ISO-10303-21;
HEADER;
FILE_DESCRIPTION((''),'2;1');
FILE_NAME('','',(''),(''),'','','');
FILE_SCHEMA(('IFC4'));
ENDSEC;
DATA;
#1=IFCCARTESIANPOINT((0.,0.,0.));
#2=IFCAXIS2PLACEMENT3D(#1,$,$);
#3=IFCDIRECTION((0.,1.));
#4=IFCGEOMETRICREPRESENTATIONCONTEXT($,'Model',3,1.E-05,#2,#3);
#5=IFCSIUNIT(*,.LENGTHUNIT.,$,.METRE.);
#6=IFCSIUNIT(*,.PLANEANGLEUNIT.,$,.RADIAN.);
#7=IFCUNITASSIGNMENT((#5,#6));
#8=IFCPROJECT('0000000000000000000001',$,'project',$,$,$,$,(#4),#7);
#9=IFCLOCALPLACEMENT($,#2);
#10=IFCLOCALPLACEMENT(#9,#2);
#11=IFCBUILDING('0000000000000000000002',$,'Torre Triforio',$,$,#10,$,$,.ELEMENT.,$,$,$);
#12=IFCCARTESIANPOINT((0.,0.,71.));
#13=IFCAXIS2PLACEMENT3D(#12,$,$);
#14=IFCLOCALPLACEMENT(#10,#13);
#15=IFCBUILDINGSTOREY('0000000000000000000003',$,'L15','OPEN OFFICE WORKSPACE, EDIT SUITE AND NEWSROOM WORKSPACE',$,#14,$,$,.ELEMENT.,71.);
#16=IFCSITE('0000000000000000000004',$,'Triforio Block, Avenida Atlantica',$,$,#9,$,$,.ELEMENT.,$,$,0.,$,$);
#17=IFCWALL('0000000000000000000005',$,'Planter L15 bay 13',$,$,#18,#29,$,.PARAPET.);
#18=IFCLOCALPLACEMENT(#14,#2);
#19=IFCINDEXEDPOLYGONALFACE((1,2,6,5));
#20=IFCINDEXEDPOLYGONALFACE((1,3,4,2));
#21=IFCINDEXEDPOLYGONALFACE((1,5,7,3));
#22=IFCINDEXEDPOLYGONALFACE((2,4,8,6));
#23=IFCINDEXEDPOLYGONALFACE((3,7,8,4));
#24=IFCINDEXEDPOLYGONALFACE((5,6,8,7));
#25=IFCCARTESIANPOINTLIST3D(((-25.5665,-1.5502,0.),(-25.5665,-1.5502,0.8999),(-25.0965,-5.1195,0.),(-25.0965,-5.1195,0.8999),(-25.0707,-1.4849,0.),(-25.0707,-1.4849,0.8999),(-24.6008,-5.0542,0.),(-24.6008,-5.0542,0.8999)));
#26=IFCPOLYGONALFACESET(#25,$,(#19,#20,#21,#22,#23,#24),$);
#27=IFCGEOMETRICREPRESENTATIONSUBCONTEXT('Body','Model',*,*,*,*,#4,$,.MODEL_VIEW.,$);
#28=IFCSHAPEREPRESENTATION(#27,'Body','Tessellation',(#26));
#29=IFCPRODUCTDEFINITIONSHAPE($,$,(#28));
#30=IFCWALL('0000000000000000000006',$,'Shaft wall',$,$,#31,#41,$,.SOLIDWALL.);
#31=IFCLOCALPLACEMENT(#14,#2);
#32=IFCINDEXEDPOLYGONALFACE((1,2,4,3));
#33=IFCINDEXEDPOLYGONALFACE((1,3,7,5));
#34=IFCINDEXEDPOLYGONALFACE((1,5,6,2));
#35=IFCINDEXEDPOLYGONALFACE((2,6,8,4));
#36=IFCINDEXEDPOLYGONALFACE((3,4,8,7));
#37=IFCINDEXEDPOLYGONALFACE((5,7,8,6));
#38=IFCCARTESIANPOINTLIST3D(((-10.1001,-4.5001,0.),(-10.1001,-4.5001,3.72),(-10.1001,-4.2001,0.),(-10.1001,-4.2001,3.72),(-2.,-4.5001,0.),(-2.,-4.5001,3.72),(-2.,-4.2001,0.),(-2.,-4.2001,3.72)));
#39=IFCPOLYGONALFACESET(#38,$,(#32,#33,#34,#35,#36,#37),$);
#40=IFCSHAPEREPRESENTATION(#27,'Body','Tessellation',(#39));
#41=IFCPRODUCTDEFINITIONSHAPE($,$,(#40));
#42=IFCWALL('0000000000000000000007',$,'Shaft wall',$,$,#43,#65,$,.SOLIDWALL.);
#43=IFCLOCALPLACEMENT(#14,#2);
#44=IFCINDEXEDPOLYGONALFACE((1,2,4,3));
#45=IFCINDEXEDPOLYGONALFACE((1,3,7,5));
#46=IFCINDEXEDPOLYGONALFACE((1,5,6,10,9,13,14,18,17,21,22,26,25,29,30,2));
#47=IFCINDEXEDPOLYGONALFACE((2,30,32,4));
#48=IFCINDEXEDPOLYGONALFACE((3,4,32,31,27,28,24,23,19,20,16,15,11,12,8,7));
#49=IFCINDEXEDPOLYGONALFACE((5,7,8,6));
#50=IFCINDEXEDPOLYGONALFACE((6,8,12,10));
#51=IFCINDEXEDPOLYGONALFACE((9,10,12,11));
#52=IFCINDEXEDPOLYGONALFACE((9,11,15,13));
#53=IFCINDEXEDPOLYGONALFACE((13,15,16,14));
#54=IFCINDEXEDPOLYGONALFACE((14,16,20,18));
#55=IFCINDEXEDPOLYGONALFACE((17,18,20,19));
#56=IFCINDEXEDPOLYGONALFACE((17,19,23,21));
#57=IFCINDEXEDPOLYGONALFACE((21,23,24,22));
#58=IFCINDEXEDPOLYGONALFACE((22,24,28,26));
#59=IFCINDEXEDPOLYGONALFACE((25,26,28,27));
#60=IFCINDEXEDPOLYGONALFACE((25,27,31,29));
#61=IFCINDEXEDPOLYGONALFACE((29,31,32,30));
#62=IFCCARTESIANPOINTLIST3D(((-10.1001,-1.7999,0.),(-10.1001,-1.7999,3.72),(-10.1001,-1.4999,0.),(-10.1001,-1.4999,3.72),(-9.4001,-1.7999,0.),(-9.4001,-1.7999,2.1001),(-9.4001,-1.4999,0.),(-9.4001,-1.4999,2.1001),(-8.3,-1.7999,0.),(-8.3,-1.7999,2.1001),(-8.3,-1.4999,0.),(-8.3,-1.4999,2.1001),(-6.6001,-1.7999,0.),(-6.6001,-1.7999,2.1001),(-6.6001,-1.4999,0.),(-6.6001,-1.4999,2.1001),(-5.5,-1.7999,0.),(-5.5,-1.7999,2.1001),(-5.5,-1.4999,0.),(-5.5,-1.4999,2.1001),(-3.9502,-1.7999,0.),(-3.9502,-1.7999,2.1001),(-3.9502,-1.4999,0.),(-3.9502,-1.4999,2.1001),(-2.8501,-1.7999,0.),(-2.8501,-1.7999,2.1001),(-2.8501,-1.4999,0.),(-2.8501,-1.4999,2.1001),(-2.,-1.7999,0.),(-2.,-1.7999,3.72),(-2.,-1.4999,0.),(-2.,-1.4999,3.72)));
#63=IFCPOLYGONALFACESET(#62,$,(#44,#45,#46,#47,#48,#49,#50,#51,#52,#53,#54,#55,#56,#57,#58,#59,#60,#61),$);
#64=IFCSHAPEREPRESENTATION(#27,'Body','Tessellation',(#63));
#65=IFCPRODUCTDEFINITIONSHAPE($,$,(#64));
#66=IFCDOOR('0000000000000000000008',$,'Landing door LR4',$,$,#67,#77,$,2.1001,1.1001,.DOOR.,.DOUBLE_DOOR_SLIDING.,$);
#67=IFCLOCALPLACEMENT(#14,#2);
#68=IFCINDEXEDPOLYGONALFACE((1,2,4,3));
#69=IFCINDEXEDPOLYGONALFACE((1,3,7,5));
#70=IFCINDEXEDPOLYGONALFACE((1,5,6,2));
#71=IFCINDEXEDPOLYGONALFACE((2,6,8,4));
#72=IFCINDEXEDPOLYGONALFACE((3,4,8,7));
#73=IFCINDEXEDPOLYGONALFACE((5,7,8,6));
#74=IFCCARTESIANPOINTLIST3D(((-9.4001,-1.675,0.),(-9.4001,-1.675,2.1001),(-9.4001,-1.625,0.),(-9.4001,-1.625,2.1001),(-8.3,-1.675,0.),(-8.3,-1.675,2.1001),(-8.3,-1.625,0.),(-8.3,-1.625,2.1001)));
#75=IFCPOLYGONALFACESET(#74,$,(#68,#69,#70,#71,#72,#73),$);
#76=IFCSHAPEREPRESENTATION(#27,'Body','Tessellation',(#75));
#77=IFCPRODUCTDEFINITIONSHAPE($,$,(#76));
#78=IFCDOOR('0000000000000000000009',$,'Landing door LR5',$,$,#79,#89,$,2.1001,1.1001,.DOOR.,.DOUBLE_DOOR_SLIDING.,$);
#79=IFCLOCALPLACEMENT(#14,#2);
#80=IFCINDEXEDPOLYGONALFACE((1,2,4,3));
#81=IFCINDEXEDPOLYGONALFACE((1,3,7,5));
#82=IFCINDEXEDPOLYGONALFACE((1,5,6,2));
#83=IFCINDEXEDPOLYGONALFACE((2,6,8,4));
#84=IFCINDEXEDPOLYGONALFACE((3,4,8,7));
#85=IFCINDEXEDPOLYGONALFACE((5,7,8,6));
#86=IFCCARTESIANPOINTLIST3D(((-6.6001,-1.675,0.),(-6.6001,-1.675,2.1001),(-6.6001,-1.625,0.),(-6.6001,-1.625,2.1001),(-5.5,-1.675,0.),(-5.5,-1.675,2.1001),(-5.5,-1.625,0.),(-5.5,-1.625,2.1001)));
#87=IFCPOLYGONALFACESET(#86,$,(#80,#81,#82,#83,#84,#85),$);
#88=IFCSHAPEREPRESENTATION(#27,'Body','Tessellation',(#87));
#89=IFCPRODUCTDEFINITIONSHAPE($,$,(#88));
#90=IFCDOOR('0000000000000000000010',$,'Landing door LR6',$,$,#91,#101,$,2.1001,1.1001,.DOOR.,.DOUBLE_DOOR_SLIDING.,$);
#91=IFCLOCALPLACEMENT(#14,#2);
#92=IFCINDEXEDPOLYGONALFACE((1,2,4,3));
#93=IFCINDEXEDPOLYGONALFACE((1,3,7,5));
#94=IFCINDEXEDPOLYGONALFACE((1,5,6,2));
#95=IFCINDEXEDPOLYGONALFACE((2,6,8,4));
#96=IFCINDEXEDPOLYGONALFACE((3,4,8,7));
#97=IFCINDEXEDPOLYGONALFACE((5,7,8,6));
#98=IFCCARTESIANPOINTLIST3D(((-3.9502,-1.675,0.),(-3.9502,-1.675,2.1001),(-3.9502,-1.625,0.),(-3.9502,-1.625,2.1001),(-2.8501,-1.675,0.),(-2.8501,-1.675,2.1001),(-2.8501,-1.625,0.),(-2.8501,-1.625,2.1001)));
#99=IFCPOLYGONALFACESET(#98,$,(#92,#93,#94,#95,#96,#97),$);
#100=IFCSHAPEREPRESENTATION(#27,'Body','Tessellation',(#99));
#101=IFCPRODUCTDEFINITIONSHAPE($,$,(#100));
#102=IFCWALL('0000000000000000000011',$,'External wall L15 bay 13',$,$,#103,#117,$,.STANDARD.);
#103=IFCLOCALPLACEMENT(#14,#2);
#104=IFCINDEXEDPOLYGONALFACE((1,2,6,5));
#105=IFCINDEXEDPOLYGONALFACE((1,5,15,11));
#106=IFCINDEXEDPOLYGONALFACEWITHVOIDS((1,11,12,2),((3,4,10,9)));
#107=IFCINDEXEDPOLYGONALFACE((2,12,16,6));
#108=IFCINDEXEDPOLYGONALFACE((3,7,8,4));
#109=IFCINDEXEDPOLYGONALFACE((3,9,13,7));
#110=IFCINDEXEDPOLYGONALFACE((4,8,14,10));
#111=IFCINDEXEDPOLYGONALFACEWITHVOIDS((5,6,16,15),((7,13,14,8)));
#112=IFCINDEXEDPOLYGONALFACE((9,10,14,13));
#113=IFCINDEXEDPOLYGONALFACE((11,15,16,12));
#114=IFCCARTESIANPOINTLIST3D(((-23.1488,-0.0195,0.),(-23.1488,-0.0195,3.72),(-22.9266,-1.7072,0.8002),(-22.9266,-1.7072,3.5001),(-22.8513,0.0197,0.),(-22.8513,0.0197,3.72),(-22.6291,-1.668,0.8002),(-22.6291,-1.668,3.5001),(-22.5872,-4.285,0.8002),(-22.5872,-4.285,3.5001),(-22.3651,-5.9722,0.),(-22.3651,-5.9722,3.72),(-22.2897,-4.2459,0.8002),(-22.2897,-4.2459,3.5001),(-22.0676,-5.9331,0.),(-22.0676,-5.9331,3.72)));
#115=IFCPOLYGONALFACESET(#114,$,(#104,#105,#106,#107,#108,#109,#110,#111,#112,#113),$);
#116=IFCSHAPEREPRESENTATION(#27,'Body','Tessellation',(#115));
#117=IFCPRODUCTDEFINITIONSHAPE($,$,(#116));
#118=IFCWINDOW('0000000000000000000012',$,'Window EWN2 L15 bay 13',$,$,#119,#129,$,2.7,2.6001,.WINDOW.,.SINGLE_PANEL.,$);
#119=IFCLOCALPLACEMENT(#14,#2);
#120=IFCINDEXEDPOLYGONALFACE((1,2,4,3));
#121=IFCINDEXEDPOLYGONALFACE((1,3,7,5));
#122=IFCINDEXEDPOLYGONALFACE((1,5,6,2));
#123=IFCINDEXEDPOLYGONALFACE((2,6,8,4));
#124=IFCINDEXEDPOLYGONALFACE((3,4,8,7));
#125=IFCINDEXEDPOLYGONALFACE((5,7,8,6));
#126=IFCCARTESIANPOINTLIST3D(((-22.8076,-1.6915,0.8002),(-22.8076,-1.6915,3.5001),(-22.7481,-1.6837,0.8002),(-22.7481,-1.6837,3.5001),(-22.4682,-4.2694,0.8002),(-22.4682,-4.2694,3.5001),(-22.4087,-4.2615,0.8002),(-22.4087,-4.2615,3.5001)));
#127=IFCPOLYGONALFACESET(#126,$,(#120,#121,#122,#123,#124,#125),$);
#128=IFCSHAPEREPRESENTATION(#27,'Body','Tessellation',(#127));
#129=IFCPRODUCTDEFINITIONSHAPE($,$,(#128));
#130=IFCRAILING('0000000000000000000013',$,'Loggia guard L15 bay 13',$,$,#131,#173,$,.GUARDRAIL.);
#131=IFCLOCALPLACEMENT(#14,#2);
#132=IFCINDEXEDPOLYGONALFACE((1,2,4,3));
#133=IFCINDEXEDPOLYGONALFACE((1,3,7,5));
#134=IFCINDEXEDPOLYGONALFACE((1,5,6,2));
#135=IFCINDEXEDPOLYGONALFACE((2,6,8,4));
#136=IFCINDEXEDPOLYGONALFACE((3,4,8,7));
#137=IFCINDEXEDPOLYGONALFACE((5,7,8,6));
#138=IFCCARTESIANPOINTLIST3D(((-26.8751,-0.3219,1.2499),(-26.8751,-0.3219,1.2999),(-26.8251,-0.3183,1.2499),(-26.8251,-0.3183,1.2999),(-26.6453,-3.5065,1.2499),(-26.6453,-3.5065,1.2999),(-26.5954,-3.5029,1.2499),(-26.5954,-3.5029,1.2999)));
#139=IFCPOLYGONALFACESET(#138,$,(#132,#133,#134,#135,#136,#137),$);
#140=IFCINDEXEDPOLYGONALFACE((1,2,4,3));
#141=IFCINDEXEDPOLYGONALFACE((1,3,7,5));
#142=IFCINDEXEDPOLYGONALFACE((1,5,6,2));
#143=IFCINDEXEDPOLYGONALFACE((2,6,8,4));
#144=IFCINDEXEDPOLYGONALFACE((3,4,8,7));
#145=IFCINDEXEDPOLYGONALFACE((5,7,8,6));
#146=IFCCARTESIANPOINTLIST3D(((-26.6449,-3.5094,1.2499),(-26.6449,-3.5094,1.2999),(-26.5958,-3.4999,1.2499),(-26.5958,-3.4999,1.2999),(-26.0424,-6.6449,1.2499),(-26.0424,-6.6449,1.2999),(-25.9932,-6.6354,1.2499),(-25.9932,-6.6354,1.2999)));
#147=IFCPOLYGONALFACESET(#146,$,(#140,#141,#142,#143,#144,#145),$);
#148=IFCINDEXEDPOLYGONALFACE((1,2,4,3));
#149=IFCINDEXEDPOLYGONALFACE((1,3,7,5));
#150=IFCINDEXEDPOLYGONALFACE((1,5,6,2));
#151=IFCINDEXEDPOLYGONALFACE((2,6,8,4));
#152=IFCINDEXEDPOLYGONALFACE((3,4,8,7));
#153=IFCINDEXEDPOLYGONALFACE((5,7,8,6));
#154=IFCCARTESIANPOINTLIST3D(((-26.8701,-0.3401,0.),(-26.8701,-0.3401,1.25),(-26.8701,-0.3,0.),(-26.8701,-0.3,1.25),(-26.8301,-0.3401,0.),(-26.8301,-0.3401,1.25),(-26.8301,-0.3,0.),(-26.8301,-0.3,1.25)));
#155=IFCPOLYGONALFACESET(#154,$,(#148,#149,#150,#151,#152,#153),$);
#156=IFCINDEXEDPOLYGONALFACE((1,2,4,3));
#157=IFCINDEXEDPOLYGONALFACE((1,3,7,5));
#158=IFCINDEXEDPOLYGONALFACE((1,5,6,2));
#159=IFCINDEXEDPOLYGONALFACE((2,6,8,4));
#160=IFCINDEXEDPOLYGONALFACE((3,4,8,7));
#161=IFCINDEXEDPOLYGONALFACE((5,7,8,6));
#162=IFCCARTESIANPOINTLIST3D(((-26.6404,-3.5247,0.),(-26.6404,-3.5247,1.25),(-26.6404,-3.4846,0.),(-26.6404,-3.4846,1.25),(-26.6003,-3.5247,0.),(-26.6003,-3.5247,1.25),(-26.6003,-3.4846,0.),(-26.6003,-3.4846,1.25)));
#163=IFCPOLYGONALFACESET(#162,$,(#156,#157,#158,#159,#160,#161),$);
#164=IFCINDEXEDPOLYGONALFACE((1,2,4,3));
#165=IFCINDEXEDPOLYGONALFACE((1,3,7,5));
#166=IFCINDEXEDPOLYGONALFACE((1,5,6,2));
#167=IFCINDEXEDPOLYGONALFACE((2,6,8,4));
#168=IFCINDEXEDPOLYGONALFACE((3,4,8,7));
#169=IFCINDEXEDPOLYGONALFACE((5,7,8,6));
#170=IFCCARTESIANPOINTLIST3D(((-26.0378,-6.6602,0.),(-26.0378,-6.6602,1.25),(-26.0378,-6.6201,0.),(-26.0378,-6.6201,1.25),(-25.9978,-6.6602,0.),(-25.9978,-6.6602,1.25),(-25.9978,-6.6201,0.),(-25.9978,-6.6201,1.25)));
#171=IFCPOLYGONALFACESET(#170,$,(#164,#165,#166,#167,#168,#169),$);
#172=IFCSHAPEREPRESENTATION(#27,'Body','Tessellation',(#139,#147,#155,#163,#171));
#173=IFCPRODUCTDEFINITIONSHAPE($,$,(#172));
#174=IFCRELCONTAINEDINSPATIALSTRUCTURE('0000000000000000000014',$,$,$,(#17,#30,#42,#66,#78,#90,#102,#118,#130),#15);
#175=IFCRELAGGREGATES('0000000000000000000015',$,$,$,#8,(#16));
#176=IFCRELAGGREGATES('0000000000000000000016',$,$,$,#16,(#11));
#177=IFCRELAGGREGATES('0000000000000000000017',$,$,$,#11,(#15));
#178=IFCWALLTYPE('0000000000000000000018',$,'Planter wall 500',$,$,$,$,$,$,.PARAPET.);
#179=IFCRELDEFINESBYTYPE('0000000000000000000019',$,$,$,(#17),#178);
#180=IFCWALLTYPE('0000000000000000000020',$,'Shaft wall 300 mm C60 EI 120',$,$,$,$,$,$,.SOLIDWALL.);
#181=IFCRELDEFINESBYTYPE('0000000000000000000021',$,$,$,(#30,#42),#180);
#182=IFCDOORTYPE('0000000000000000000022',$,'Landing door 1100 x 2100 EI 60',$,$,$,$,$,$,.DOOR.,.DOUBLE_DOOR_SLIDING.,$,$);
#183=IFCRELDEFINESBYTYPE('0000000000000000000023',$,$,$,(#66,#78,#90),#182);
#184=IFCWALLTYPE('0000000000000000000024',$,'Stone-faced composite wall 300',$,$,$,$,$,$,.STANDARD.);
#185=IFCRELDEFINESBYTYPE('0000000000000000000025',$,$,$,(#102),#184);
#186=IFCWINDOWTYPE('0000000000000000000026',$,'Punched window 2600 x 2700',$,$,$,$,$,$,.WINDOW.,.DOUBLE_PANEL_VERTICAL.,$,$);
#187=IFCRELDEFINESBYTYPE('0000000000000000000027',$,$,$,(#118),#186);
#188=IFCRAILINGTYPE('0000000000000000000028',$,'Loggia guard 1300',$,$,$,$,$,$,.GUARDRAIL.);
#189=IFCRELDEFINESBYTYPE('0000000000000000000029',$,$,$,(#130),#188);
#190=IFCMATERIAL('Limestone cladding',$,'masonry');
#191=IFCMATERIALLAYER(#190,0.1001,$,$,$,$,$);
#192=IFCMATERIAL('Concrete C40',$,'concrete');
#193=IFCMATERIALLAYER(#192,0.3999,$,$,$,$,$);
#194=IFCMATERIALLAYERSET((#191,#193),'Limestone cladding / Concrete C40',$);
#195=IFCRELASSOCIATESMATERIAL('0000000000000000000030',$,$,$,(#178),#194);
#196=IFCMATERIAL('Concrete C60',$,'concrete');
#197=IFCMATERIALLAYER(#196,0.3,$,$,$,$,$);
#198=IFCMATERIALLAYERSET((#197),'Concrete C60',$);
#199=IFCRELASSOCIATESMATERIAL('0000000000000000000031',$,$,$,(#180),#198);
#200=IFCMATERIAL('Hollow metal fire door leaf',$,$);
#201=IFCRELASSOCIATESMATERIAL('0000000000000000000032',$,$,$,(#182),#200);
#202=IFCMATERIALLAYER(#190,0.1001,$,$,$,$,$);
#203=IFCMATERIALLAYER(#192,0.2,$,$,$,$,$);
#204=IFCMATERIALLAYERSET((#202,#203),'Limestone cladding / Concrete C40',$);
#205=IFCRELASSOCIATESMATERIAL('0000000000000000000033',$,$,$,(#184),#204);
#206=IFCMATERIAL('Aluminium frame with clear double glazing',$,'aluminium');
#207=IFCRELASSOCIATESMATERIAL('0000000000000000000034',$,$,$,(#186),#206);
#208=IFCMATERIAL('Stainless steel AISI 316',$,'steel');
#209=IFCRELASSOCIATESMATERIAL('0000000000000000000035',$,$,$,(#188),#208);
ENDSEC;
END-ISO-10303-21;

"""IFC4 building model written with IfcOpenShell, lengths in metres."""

from ifc_helpers import new_model, si_unit, direction, frame, frame_2d, origin, origin_2d, place, context, subcontext, project, spatial, rectangle, extrude, material, layer, layer_set, type_object, element, fill, save


model = new_model("IFC4")

# Units and contexts
model_context = context("Model", 3, precision=1e-05, world=origin(), true_north=direction((0.0, 1.0)))
body_context = subcontext(model_context, "Body", "Model", "MODEL_VIEW")
ifc_project = project(units=[si_unit("LENGTHUNIT", "METRE"), si_unit("PLANEANGLEUNIT", "RADIAN")], contexts=[model_context])

# Site, building, storey
site_placement = place(None, origin())
site = spatial("IfcSite", under=ifc_project, at=site_placement, Name="Triforio Block, Avenida Atlantica", CompositionType="ELEMENT", RefElevation=0.0)
building_placement = place(site_placement, origin())
building = spatial("IfcBuilding", under=site, at=building_placement, Name="Torre Triforio", CompositionType="ELEMENT")
storey_placement = place(building_placement, frame((0.0, 0.0, 71.0)))
storey = spatial("IfcBuildingStorey", under=building, at=storey_placement, Name="L15", Description="OPEN OFFICE WORKSPACE, EDIT SUITE AND NEWSROOM WORKSPACE", CompositionType="ELEMENT", Elevation=71.0)

# Shared definitions
ifc_material_1 = material(Name="Concrete C60", Category="concrete")
ifc_material_2 = material(Name="Hollow metal fire door leaf")

# Walls
ifc_material_3 = material(Name="Limestone cladding", Category="masonry")
ifc_layer_1 = layer(ifc_material_3, 0.1001)
ifc_material_4 = material(Name="Concrete C40", Category="concrete")
ifc_layer_2 = layer(ifc_material_4, 0.3999)
ifc_layer_set_1 = layer_set([ifc_layer_1, ifc_layer_2], Name="Limestone cladding / Concrete C40")
wall_type_1 = type_object("IfcWallType", Name="Planter wall 500", PredefinedType="PARAPET", material=ifc_layer_set_1)
wall_1_placement = place(storey_placement, frame((-25.3186, -1.5176, 0.0), z_axis=(0.0, 0.0, 1.0), x_axis=(0.130542, -0.991443, 0.0)))
element("IfcWall", 1, at=wall_1_placement, inside=storey, type_object=wall_type_1, Name="Planter L15 bay 13", PredefinedType="PARAPET", context=body_context, shape_type="SweptSolid", body=[
    extrude(rectangle(XDim=3.6001, YDim=0.5, at=frame_2d((1.8, 0.0))), origin(), (0.0, 0.0, 1.0), 0.8999),
])
ifc_layer_3 = layer(ifc_material_1, 0.3)
ifc_layer_set_2 = layer_set([ifc_layer_3], Name="Concrete C60")
wall_type_2 = type_object("IfcWallType", Name="Shaft wall 300 mm C60 EI 120", PredefinedType="SOLIDWALL", material=ifc_layer_set_2)
wall_2_placement = place(storey_placement, frame((-10.1001, -4.3501, 0.0), z_axis=(0.0, 0.0, 1.0), x_axis=(1.0, 0.0, 0.0)))
element("IfcWall", 2, at=wall_2_placement, inside=storey, type_object=wall_type_2, Name="Shaft wall", PredefinedType="SOLIDWALL", context=body_context, shape_type="SweptSolid", body=[
    extrude(rectangle(XDim=8.1001, YDim=0.3, at=frame_2d((4.05, 0.0))), origin(), (0.0, 0.0, 1.0), 3.72),
])

# Wall, openings, doors
wall_3_placement = place(storey_placement, frame((-10.1001, -1.6499, 0.0), z_axis=(0.0, 0.0, 1.0), x_axis=(1.0, 0.0, 0.0)))
wall_3 = element("IfcWall", 3, at=wall_3_placement, inside=storey, type_object=wall_type_2, Name="Shaft wall", PredefinedType="SOLIDWALL", context=body_context, shape_type="SweptSolid", body=[
    extrude(rectangle(XDim=8.1001, YDim=0.3, at=frame_2d((4.05, 0.0))), origin(), (0.0, 0.0, 1.0), 3.72),
])
opening_1_placement = place(wall_3_placement, frame((0.7, 0.0, 0.0)))
opening_1 = element("IfcOpeningElement", 4, at=opening_1_placement, cuts=wall_3, PredefinedType="OPENING", context=body_context, shape_type="SweptSolid", body=[
    extrude(rectangle(XDim=1.1001, YDim=2.1001, at=frame_2d((0.55, 1.05))), frame((0.0, 0.1599, 0.0), z_axis=(0.0, -1.0, 0.0), x_axis=(1.0, 0.0, 0.0)), (0.0, 0.0, 1.0), 0.3201),
])
opening_2_placement = place(wall_3_placement, frame((3.5, 0.0, 0.0)))
opening_2 = element("IfcOpeningElement", 5, at=opening_2_placement, cuts=wall_3, PredefinedType="OPENING", context=body_context, shape_type="SweptSolid", body=[
    extrude(rectangle(XDim=1.1001, YDim=2.1001, at=frame_2d((0.55, 1.05))), frame((0.0, 0.1599, 0.0), z_axis=(0.0, -1.0, 0.0), x_axis=(1.0, 0.0, 0.0)), (0.0, 0.0, 1.0), 0.3201),
])
opening_3_placement = place(wall_3_placement, frame((6.1499, 0.0, 0.0)))
opening_3 = element("IfcOpeningElement", 6, at=opening_3_placement, cuts=wall_3, PredefinedType="OPENING", context=body_context, shape_type="SweptSolid", body=[
    extrude(rectangle(XDim=1.1001, YDim=2.1001, at=frame_2d((0.55, 1.05))), frame((0.0, 0.1599, 0.0), z_axis=(0.0, -1.0, 0.0), x_axis=(1.0, 0.0, 0.0)), (0.0, 0.0, 1.0), 0.3201),
])
door_type_1 = type_object("IfcDoorType", Name="Landing door 1100 x 2100 EI 60", OperationType="DOUBLE_DOOR_SLIDING", PredefinedType="DOOR", material=ifc_material_2)
door_1_placement = place(opening_1_placement, origin())
door_1 = element("IfcDoor", 7, at=door_1_placement, inside=storey, type_object=door_type_1, Name="Landing door LR4", OperationType="DOUBLE_DOOR_SLIDING", OverallHeight=2.1001, OverallWidth=1.1001, PredefinedType="DOOR", context=body_context, shape_type="SweptSolid", body=[
    extrude(rectangle(XDim=1.1001, YDim=2.1001, at=frame_2d((0.55, 1.05))), frame((0.0, 0.0249, 0.0), z_axis=(0.0, -1.0, 0.0), x_axis=(1.0, 0.0, 0.0)), (0.0, 0.0, 1.0), 0.05),
])
fill(opening_1, door_1)
door_2_placement = place(opening_2_placement, origin())
door_2 = element("IfcDoor", 8, at=door_2_placement, inside=storey, type_object=door_type_1, Name="Landing door LR5", OperationType="DOUBLE_DOOR_SLIDING", OverallHeight=2.1001, OverallWidth=1.1001, PredefinedType="DOOR", context=body_context, shape_type="SweptSolid", body=[
    extrude(rectangle(XDim=1.1001, YDim=2.1001, at=frame_2d((0.55, 1.05))), frame((0.0, 0.0249, 0.0), z_axis=(0.0, -1.0, 0.0), x_axis=(1.0, 0.0, 0.0)), (0.0, 0.0, 1.0), 0.05),
])
fill(opening_2, door_2)
door_3_placement = place(opening_3_placement, origin())
door_3 = element("IfcDoor", 9, at=door_3_placement, inside=storey, type_object=door_type_1, Name="Landing door LR6", OperationType="DOUBLE_DOOR_SLIDING", OverallHeight=2.1001, OverallWidth=1.1001, PredefinedType="DOOR", context=body_context, shape_type="SweptSolid", body=[
    extrude(rectangle(XDim=1.1001, YDim=2.1001, at=frame_2d((0.55, 1.05))), frame((0.0, 0.0249, 0.0), z_axis=(0.0, -1.0, 0.0), x_axis=(1.0, 0.0, 0.0)), (0.0, 0.0, 1.0), 0.05),
])
fill(opening_3, door_3)

# Wall, opening, window
ifc_layer_4 = layer(ifc_material_3, 0.1001)
ifc_layer_5 = layer(ifc_material_4, 0.2)
ifc_layer_set_3 = layer_set([ifc_layer_4, ifc_layer_5], Name="Limestone cladding / Concrete C40")
wall_type_3 = type_object("IfcWallType", Name="Stone-faced composite wall 300", PredefinedType="STANDARD", material=ifc_layer_set_3)
wall_4_placement = place(storey_placement, frame((-23.0, 0.0, 0.0), z_axis=(0.0, 0.0, 1.0), x_axis=(0.130523, -0.991445, 0.0)))
wall_4 = element("IfcWall", 10, at=wall_4_placement, inside=storey, type_object=wall_type_3, Name="External wall L15 bay 13", PredefinedType="STANDARD", context=body_context, shape_type="SweptSolid", body=[
    extrude(rectangle(XDim=6.0042, YDim=0.3, at=frame_2d((3.002, 0.0))), origin(), (0.0, 0.0, 1.0), 3.72),
])
opening_4_placement = place(wall_4_placement, frame((1.7021, 0.0, 0.8)))
opening_4 = element("IfcOpeningElement", 11, at=opening_4_placement, cuts=wall_4, PredefinedType="OPENING", context=body_context, shape_type="SweptSolid", body=[
    extrude(rectangle(XDim=2.6001, YDim=2.7, at=frame_2d((1.3, 1.3501))), frame((0.0, 0.1599, 0.0), z_axis=(0.0, -1.0, 0.0), x_axis=(1.0, 0.0, 0.0)), (0.0, 0.0, 1.0), 0.3201),
])
ifc_material_5 = material(Name="Aluminium frame with clear double glazing", Category="aluminium")
window_type_1 = type_object("IfcWindowType", Name="Punched window 2600 x 2700", PartitioningType="DOUBLE_PANEL_VERTICAL", PredefinedType="WINDOW", material=ifc_material_5)
window_1_placement = place(opening_4_placement, origin())
window_1 = element("IfcWindow", 12, at=window_1_placement, inside=storey, type_object=window_type_1, Name="Window EWN2 L15 bay 13", OverallHeight=2.7, OverallWidth=2.6001, PartitioningType="SINGLE_PANEL", PredefinedType="WINDOW", context=body_context, shape_type="SweptSolid", body=[
    extrude(rectangle(XDim=2.6001, YDim=2.7, at=frame_2d((1.3, 1.3501))), frame((0.0, 0.03, 0.0), z_axis=(0.0, -1.0, 0.0), x_axis=(1.0, 0.0, 0.0)), (0.0, 0.0, 1.0), 0.0601),
])
fill(opening_4, window_1)

# Railing
ifc_material_6 = material(Name="Stainless steel AISI 316", Category="steel")
railing_type = type_object("IfcRailingType", Name="Loggia guard 1300", PredefinedType="GUARDRAIL", material=ifc_material_6)
railing_placement = place(storey_placement, frame((-26.8501, -0.3201, 0.0)))
element("IfcRailing", 13, at=railing_placement, inside=storey, type_object=railing_type, Name="Loggia guard L15 bay 13", PredefinedType="GUARDRAIL", context=body_context, shape_type="SweptSolid", body=[
    extrude(rectangle(XDim=0.05, YDim=0.05, at=origin_2d()), frame((0.0, 0.0, 1.2749), z_axis=(0.071953, -0.997408, 0.0), x_axis=(0.997408, 0.071953, 0.0)), (0.0, 0.0, 1.0), 3.1929),
    extrude(rectangle(XDim=0.05, YDim=0.05, at=origin_2d()), frame((0.2297, -3.1846, 1.2749), z_axis=(0.188714, -0.982032, 0.0), x_axis=(0.982032, 0.188714, 0.0)), (0.0, 0.0, 1.0), 3.1929),
    extrude(rectangle(XDim=0.04, YDim=0.04, at=origin_2d()), origin(), (0.0, 0.0, 1.0), 1.25),
    extrude(rectangle(XDim=0.04, YDim=0.04, at=origin_2d()), frame((0.2297, -3.1846, 0.0)), (0.0, 0.0, 1.0), 1.25),
    extrude(rectangle(XDim=0.04, YDim=0.04, at=origin_2d()), frame((0.8323, -6.3201, 0.0)), (0.0, 0.0, 1.0), 1.25),
])

save(model, "model.ifc")
